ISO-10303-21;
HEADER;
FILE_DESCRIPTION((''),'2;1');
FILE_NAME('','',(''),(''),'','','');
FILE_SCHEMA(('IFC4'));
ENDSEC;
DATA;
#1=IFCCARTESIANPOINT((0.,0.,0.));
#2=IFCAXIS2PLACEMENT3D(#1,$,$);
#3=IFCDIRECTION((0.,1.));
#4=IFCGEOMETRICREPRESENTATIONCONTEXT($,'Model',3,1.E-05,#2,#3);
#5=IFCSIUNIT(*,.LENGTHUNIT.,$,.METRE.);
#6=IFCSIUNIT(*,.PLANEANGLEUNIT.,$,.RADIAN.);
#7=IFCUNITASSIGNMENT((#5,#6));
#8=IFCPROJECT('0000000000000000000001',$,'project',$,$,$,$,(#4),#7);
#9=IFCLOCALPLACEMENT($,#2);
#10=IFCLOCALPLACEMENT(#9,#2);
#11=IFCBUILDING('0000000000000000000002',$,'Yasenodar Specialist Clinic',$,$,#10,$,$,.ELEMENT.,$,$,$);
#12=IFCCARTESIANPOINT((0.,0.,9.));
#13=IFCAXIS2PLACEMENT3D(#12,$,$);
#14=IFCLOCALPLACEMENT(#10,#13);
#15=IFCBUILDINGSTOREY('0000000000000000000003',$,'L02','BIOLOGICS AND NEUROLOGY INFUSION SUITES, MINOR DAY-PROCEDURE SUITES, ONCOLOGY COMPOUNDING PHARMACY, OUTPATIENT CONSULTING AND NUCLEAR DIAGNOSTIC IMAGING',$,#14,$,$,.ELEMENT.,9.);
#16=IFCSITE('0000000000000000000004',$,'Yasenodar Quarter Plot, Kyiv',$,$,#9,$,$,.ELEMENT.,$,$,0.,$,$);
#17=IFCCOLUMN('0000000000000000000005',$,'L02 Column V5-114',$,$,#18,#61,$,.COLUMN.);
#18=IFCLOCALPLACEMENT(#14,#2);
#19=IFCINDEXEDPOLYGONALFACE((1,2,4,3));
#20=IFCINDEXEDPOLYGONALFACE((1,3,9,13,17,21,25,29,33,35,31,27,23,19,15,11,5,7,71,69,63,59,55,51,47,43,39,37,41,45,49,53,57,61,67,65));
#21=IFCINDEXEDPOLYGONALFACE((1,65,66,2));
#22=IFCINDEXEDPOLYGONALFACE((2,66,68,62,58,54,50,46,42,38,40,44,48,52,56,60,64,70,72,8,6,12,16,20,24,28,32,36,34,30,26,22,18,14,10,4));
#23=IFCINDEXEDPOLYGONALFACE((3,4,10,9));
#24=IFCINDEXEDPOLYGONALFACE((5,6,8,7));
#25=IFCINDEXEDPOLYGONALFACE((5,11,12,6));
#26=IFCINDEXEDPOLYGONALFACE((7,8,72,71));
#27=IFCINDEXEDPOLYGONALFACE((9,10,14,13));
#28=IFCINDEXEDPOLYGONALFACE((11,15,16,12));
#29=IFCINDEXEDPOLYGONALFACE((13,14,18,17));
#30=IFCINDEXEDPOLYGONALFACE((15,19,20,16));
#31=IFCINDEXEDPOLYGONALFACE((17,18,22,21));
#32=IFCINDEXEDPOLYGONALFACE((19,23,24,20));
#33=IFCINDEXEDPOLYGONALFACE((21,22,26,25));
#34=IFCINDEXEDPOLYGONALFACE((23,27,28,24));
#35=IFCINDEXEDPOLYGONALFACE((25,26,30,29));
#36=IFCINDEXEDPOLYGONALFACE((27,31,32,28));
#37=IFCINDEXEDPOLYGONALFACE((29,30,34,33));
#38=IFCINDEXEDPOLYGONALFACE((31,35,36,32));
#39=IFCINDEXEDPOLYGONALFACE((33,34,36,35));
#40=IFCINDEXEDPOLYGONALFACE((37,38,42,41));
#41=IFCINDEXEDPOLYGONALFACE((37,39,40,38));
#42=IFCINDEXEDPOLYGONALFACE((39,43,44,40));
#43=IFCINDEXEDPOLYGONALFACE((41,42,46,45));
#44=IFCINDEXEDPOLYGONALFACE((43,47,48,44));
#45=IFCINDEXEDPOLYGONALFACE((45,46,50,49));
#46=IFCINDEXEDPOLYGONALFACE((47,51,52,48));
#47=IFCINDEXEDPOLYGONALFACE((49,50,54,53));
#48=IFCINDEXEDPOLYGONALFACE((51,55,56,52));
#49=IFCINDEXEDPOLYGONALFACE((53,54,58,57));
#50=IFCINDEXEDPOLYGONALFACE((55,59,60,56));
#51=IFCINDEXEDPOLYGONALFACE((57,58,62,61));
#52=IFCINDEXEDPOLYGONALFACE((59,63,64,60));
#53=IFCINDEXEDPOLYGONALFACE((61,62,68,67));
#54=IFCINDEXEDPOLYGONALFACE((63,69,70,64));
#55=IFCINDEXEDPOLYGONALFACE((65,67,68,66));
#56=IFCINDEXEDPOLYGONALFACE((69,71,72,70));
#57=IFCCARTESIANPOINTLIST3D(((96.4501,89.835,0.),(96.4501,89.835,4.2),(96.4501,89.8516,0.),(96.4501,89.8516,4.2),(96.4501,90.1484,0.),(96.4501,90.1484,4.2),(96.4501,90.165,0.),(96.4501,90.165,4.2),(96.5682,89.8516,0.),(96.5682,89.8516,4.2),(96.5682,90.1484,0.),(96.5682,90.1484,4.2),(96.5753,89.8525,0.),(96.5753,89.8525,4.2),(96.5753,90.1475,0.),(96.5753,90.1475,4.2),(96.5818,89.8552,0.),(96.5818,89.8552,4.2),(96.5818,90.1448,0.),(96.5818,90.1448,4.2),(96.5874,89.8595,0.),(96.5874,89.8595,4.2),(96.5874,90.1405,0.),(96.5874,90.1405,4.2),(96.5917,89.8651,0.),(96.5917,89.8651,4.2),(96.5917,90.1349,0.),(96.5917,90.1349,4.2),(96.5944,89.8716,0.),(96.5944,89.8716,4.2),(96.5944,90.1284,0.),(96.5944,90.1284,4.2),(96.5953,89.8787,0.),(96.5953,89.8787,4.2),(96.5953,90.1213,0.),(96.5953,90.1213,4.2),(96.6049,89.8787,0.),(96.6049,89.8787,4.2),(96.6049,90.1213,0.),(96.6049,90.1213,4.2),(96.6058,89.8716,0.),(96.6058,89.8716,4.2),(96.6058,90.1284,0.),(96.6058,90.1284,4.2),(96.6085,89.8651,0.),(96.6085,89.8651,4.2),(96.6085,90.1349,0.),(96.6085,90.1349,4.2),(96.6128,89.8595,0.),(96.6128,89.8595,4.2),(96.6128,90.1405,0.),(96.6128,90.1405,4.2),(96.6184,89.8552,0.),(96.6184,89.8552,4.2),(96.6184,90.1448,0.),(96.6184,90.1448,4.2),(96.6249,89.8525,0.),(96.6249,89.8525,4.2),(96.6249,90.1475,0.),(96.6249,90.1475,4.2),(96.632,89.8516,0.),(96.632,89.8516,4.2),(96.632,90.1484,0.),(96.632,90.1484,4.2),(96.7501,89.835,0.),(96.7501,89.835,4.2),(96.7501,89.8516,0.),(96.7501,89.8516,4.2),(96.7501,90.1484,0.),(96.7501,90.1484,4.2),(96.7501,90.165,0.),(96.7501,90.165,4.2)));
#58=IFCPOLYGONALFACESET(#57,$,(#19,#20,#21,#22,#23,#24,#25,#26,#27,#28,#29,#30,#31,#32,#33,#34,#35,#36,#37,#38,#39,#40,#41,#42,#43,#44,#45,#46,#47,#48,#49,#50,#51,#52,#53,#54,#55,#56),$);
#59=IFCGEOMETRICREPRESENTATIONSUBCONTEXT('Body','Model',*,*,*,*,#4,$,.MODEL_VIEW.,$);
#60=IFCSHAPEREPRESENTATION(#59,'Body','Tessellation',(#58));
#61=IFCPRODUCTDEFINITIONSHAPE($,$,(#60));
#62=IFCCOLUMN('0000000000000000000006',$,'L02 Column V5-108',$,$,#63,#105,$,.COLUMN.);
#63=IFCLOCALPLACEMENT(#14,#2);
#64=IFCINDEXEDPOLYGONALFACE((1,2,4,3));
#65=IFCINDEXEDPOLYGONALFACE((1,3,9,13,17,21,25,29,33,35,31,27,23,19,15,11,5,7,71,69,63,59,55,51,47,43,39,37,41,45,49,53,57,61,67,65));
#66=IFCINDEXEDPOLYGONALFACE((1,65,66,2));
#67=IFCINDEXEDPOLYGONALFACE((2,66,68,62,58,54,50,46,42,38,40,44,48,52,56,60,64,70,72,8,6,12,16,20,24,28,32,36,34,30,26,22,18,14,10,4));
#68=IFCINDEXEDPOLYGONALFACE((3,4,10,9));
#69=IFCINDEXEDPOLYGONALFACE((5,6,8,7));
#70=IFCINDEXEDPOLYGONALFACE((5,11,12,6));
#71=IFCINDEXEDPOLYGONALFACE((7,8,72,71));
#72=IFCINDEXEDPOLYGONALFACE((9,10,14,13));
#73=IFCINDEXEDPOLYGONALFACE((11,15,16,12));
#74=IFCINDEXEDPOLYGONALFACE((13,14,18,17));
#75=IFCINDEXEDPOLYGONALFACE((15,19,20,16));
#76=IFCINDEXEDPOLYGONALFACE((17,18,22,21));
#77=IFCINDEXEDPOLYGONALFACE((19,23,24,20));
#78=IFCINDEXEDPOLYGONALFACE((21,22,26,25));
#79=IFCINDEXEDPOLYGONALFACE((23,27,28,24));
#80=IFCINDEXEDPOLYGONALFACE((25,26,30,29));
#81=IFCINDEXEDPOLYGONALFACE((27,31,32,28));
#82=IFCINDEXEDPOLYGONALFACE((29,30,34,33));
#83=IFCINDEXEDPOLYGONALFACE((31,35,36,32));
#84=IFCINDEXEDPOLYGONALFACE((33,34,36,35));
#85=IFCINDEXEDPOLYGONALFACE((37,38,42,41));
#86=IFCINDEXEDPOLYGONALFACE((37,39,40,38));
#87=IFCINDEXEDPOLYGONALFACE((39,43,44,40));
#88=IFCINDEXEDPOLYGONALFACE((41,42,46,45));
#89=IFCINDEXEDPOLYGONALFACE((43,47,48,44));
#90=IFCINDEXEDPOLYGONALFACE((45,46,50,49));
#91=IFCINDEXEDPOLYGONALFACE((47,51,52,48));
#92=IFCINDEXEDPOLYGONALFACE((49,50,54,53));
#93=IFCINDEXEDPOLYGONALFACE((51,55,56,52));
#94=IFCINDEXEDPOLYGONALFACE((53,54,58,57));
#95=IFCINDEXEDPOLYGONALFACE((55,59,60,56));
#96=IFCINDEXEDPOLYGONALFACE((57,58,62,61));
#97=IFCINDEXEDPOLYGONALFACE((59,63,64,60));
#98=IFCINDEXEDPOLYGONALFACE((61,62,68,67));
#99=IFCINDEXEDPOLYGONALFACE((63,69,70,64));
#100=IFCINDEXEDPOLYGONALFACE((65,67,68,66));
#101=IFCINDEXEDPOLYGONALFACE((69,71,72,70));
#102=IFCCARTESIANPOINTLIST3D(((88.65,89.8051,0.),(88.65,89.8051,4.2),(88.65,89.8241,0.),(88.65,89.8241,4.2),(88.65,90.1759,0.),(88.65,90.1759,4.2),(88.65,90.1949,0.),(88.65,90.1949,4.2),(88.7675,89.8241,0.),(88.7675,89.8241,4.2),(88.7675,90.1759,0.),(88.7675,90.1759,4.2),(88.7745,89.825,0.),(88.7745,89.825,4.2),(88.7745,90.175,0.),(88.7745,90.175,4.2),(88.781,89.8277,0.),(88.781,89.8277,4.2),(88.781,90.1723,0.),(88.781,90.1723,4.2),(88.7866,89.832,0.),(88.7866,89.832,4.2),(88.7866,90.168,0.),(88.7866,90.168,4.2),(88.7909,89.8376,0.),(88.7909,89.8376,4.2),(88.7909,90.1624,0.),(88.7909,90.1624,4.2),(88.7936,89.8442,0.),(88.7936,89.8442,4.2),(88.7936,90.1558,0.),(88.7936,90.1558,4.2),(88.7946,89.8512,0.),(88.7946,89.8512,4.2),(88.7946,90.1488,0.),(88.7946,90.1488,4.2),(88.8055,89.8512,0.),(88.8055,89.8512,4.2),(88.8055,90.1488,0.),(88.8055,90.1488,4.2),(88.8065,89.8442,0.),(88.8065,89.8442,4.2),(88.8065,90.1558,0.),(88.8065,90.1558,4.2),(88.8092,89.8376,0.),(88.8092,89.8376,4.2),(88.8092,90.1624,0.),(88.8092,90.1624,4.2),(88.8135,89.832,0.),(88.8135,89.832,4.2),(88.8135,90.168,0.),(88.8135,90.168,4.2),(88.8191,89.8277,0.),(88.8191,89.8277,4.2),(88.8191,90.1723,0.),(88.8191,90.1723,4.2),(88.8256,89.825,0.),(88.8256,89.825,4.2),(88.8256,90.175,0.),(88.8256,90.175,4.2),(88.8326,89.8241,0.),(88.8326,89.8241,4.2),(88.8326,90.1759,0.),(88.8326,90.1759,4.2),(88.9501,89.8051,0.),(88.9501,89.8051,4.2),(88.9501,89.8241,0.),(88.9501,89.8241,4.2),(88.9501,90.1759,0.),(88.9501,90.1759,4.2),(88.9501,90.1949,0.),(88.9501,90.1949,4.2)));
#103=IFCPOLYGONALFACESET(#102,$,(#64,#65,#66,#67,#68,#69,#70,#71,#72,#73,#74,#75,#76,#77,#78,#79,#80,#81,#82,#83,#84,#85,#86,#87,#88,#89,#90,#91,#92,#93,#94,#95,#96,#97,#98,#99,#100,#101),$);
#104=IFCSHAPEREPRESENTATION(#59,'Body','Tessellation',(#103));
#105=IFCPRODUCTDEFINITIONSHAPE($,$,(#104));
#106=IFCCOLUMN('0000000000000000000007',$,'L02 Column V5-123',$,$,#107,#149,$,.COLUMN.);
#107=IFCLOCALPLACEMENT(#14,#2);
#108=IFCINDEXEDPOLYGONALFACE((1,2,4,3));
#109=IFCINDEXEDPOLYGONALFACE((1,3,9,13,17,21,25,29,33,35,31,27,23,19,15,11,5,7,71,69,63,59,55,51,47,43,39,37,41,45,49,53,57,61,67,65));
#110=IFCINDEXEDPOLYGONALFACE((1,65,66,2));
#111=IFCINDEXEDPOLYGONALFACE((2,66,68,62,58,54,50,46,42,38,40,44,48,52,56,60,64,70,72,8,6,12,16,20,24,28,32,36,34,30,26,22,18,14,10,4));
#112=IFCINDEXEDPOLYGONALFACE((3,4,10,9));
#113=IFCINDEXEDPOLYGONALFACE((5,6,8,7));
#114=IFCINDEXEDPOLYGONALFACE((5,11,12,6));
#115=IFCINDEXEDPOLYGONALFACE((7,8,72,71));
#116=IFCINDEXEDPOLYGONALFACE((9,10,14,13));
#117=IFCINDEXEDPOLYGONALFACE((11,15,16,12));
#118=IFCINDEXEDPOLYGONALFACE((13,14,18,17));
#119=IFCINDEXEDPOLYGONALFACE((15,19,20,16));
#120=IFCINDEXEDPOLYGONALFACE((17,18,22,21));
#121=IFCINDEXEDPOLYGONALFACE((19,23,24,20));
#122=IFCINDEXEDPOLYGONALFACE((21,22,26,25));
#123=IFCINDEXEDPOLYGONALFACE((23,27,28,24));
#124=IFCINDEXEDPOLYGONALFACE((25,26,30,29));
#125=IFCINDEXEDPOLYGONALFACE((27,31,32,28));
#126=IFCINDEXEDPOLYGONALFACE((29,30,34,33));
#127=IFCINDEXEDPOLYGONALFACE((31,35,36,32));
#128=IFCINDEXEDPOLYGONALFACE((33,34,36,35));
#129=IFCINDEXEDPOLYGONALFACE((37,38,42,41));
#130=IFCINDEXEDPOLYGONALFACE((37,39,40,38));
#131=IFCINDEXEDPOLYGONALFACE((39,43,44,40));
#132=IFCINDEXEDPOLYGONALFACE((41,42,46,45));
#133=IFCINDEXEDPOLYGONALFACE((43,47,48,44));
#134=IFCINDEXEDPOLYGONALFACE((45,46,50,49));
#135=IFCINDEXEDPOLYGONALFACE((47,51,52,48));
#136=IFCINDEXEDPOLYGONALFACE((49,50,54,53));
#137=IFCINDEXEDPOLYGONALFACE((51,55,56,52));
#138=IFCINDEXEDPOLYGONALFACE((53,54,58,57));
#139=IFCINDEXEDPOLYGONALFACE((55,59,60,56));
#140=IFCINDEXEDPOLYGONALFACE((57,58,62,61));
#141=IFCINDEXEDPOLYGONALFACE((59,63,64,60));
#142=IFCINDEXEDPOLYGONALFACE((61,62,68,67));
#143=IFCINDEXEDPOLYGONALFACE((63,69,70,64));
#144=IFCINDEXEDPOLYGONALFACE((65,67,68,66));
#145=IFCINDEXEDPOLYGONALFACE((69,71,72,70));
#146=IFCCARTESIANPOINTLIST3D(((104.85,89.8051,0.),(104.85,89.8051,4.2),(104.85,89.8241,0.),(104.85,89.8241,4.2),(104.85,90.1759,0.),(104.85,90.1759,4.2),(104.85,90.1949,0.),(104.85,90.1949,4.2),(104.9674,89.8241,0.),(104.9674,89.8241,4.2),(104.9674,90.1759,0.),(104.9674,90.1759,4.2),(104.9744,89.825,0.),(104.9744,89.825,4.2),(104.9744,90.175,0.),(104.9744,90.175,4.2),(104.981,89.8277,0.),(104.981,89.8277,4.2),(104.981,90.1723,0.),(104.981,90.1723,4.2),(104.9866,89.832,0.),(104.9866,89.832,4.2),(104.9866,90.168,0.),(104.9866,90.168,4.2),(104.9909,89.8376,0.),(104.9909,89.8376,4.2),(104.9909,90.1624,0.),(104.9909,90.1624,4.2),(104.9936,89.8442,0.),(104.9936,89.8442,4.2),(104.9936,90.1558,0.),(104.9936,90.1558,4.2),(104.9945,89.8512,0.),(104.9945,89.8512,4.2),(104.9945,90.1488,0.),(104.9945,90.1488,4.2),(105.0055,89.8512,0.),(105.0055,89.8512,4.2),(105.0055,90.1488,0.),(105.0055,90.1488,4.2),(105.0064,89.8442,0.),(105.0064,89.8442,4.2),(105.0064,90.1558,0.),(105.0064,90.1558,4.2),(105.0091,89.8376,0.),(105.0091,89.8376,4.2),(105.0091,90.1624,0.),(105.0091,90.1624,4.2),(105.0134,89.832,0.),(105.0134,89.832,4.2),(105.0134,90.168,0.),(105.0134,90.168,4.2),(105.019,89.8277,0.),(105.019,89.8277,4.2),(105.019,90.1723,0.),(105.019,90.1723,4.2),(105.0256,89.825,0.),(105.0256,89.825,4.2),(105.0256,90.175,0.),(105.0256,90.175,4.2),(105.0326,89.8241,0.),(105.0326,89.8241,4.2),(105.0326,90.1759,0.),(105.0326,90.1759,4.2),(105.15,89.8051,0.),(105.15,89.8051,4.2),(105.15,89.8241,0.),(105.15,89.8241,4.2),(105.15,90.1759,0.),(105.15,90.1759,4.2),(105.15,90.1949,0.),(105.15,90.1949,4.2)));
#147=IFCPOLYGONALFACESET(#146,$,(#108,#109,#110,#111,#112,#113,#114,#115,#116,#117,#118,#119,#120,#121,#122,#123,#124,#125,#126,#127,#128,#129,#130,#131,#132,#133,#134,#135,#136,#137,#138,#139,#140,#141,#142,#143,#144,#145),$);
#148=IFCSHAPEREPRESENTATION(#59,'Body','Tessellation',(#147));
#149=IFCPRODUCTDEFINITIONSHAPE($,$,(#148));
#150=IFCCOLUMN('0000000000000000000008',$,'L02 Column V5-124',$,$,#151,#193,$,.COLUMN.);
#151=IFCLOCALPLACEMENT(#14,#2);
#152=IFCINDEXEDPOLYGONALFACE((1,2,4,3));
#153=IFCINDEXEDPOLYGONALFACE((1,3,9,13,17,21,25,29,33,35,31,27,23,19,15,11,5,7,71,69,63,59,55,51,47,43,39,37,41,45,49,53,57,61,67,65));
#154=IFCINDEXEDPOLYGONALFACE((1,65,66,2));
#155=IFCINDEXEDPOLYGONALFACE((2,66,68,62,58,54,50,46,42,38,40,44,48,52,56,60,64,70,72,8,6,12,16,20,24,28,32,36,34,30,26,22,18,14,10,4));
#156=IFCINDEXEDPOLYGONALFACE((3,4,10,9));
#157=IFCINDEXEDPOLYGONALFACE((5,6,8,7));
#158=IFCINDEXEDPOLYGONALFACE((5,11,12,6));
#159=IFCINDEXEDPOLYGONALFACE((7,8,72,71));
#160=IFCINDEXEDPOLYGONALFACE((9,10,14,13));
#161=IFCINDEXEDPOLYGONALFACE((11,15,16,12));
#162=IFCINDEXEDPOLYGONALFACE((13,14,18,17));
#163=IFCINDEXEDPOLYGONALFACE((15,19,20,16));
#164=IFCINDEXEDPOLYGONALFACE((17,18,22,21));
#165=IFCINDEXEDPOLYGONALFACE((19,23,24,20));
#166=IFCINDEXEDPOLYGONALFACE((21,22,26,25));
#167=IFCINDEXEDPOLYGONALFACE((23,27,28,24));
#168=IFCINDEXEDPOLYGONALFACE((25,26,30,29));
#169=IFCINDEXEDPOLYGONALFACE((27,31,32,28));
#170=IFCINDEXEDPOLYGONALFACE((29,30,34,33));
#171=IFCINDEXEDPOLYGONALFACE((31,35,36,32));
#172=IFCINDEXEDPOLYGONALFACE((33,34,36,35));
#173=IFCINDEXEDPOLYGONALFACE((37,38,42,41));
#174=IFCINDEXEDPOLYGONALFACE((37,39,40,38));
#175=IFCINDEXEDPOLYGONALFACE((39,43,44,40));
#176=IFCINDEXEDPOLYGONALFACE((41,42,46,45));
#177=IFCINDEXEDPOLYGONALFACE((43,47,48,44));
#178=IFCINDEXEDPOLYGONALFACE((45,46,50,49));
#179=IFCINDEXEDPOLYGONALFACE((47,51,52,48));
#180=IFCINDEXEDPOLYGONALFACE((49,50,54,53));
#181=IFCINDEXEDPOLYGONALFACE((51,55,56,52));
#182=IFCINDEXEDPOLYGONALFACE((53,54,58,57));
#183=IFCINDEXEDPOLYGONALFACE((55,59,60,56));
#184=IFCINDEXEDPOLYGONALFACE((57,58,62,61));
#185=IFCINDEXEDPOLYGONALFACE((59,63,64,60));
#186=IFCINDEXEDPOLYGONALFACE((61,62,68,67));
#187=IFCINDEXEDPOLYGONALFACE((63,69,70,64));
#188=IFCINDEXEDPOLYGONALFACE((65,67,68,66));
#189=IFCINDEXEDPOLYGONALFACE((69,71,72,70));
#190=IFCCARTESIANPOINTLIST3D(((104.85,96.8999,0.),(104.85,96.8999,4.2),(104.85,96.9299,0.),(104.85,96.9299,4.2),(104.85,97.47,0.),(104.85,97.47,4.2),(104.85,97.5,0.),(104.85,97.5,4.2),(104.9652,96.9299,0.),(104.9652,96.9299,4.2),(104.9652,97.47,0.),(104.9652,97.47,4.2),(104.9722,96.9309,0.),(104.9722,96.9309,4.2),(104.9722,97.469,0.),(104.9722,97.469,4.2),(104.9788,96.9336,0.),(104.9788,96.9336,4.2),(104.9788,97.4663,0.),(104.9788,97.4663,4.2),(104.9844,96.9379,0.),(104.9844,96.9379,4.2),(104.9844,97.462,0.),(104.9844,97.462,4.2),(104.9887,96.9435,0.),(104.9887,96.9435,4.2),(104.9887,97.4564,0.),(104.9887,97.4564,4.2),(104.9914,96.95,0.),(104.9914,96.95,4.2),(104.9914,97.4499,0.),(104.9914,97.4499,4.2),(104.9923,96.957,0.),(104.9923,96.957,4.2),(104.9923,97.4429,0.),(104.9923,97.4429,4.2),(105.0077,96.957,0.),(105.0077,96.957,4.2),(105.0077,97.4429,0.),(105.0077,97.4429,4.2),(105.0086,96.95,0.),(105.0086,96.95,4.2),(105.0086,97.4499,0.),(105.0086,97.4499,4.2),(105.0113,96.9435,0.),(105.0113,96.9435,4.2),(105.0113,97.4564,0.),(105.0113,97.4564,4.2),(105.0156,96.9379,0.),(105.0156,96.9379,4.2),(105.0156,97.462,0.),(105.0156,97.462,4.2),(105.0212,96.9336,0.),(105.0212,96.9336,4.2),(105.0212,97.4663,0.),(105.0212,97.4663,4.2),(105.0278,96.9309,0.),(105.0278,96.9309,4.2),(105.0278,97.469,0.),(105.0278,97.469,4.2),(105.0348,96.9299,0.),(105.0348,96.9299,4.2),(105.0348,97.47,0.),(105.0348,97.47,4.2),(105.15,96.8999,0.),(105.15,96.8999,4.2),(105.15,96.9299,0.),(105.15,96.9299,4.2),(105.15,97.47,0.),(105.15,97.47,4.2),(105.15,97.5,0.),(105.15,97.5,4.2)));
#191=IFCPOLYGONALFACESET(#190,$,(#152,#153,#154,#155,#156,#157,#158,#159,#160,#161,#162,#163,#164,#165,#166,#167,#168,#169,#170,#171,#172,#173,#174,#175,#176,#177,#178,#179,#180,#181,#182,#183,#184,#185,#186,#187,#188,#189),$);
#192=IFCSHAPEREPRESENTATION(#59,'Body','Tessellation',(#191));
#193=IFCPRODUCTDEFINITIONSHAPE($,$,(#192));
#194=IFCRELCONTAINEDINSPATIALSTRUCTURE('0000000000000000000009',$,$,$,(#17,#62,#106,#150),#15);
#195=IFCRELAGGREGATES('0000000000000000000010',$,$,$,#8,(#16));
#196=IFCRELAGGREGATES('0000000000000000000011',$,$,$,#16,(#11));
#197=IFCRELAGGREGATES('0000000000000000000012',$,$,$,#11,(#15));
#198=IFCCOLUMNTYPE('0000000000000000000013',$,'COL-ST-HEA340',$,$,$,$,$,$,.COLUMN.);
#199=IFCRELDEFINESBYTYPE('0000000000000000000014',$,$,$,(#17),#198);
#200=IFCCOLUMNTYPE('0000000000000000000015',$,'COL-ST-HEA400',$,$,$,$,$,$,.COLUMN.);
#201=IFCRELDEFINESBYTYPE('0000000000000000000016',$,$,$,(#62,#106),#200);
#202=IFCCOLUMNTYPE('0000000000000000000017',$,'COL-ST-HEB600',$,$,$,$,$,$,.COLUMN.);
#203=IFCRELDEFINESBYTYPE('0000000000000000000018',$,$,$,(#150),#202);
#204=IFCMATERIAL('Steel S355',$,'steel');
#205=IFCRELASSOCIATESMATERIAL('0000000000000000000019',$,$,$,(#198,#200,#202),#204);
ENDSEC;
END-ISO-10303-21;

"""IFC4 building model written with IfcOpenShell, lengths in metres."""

from ifc_helpers import new_model, si_unit, direction, frame, origin, origin_2d, place, context, subcontext, project, spatial, i_section, extrude, material, material_profile, profile_set, type_object, element, save


model = new_model("IFC4")

# Units and contexts
model_context = context("Model", 3, precision=1e-05, world=origin(), true_north=direction((0.0, 1.0)))
body_context = subcontext(model_context, "Body", "Model", "MODEL_VIEW")
ifc_project = project(units=[si_unit("LENGTHUNIT", "METRE"), si_unit("PLANEANGLEUNIT", "RADIAN")], contexts=[model_context])

# Site, building, storey
site_placement = place(None, origin())
site = spatial("IfcSite", under=ifc_project, at=site_placement, Name="Yasenodar Quarter Plot, Kyiv", CompositionType="ELEMENT", RefElevation=0.0)
building_placement = place(site_placement, origin())
building = spatial("IfcBuilding", under=site, at=building_placement, Name="Yasenodar Specialist Clinic", CompositionType="ELEMENT")
storey_placement = place(building_placement, frame((0.0, 0.0, 9.0)))
storey = spatial("IfcBuildingStorey", under=building, at=storey_placement, Name="L02", Description="BIOLOGICS AND NEUROLOGY INFUSION SUITES, MINOR DAY-PROCEDURE SUITES, ONCOLOGY COMPOUNDING PHARMACY, OUTPATIENT CONSULTING AND NUCLEAR DIAGNOSTIC IMAGING", CompositionType="ELEMENT", Elevation=9.0)

# Columns
ifc_material_1 = material(Name="Steel S355", Category="steel")
ifc_material_profile_1 = material_profile(ifc_material_1, i_section(OverallWidth=0.3, OverallDepth=0.3301, WebThickness=0.0095, FlangeThickness=0.0166, FilletRadius=0.0271, at=origin_2d()), Name="HEA 340")
ifc_profile_set_1 = profile_set([ifc_material_profile_1], Name="Steel S355")
column_type_1 = type_object("IfcColumnType", Name="COL-ST-HEA340", PredefinedType="COLUMN", material=ifc_profile_set_1)
column_1_placement = place(storey_placement, frame((96.6001, 90.0, 0.0), z_axis=(0.0, 0.0, 1.0), x_axis=(1.0, 0.0, 0.0)))
element("IfcColumn", 1, at=column_1_placement, inside=storey, type_object=column_type_1, Name="L02 Column V5-114", PredefinedType="COLUMN", context=body_context, shape_type="SweptSolid", body=[
    extrude(i_section(OverallWidth=0.3, OverallDepth=0.3301, WebThickness=0.0095, FlangeThickness=0.0166, FilletRadius=0.0271, at=origin_2d()), origin(), (0.0, 0.0, 1.0), 4.2),
])
ifc_material_profile_2 = material_profile(ifc_material_1, i_section(OverallWidth=0.3, OverallDepth=0.3899, WebThickness=0.011, FlangeThickness=0.019, FilletRadius=0.0271, at=origin_2d()), Name="HEA 400")
ifc_profile_set_2 = profile_set([ifc_material_profile_2], Name="Steel S355")
column_type_2 = type_object("IfcColumnType", Name="COL-ST-HEA400", PredefinedType="COLUMN", material=ifc_profile_set_2)
for number, where, z_axis, x_axis, name in (
    (2, (88.8, 90.0, 0.0), (0.0, 0.0, 1.0), (1.0, 0.0, 0.0), "L02 Column V5-108"),
    (3, (105.0, 90.0, 0.0), (0.0, 0.0, 1.0), (1.0, 0.0, 0.0), "L02 Column V5-123"),
):
    element("IfcColumn", number, at=place(storey_placement, frame(where, z_axis=z_axis, x_axis=x_axis)), inside=storey, type_object=column_type_2, Name=name, PredefinedType="COLUMN", context=body_context, shape_type="SweptSolid", body=[
        extrude(i_section(OverallWidth=0.3, OverallDepth=0.3899, WebThickness=0.011, FlangeThickness=0.019, FilletRadius=0.0271, at=origin_2d()), origin(), (0.0, 0.0, 1.0), 4.2),
    ])
ifc_material_profile_3 = material_profile(ifc_material_1, i_section(OverallWidth=0.3, OverallDepth=0.6001, WebThickness=0.0154, FlangeThickness=0.03, FilletRadius=0.0271, at=origin_2d()), Name="HEB 600")
ifc_profile_set_3 = profile_set([ifc_material_profile_3], Name="Steel S355")
column_type_3 = type_object("IfcColumnType", Name="COL-ST-HEB600", PredefinedType="COLUMN", material=ifc_profile_set_3)
column_2_placement = place(storey_placement, frame((105.0, 97.2, 0.0), z_axis=(0.0, 0.0, 1.0), x_axis=(1.0, 0.0, 0.0)))
element("IfcColumn", 4, at=column_2_placement, inside=storey, type_object=column_type_3, Name="L02 Column V5-124", PredefinedType="COLUMN", context=body_context, shape_type="SweptSolid", body=[
    extrude(i_section(OverallWidth=0.3, OverallDepth=0.6001, WebThickness=0.0154, FlangeThickness=0.03, FilletRadius=0.0271, at=origin_2d()), origin(), (0.0, 0.0, 1.0), 4.2),
])

save(model, "model.ifc")
